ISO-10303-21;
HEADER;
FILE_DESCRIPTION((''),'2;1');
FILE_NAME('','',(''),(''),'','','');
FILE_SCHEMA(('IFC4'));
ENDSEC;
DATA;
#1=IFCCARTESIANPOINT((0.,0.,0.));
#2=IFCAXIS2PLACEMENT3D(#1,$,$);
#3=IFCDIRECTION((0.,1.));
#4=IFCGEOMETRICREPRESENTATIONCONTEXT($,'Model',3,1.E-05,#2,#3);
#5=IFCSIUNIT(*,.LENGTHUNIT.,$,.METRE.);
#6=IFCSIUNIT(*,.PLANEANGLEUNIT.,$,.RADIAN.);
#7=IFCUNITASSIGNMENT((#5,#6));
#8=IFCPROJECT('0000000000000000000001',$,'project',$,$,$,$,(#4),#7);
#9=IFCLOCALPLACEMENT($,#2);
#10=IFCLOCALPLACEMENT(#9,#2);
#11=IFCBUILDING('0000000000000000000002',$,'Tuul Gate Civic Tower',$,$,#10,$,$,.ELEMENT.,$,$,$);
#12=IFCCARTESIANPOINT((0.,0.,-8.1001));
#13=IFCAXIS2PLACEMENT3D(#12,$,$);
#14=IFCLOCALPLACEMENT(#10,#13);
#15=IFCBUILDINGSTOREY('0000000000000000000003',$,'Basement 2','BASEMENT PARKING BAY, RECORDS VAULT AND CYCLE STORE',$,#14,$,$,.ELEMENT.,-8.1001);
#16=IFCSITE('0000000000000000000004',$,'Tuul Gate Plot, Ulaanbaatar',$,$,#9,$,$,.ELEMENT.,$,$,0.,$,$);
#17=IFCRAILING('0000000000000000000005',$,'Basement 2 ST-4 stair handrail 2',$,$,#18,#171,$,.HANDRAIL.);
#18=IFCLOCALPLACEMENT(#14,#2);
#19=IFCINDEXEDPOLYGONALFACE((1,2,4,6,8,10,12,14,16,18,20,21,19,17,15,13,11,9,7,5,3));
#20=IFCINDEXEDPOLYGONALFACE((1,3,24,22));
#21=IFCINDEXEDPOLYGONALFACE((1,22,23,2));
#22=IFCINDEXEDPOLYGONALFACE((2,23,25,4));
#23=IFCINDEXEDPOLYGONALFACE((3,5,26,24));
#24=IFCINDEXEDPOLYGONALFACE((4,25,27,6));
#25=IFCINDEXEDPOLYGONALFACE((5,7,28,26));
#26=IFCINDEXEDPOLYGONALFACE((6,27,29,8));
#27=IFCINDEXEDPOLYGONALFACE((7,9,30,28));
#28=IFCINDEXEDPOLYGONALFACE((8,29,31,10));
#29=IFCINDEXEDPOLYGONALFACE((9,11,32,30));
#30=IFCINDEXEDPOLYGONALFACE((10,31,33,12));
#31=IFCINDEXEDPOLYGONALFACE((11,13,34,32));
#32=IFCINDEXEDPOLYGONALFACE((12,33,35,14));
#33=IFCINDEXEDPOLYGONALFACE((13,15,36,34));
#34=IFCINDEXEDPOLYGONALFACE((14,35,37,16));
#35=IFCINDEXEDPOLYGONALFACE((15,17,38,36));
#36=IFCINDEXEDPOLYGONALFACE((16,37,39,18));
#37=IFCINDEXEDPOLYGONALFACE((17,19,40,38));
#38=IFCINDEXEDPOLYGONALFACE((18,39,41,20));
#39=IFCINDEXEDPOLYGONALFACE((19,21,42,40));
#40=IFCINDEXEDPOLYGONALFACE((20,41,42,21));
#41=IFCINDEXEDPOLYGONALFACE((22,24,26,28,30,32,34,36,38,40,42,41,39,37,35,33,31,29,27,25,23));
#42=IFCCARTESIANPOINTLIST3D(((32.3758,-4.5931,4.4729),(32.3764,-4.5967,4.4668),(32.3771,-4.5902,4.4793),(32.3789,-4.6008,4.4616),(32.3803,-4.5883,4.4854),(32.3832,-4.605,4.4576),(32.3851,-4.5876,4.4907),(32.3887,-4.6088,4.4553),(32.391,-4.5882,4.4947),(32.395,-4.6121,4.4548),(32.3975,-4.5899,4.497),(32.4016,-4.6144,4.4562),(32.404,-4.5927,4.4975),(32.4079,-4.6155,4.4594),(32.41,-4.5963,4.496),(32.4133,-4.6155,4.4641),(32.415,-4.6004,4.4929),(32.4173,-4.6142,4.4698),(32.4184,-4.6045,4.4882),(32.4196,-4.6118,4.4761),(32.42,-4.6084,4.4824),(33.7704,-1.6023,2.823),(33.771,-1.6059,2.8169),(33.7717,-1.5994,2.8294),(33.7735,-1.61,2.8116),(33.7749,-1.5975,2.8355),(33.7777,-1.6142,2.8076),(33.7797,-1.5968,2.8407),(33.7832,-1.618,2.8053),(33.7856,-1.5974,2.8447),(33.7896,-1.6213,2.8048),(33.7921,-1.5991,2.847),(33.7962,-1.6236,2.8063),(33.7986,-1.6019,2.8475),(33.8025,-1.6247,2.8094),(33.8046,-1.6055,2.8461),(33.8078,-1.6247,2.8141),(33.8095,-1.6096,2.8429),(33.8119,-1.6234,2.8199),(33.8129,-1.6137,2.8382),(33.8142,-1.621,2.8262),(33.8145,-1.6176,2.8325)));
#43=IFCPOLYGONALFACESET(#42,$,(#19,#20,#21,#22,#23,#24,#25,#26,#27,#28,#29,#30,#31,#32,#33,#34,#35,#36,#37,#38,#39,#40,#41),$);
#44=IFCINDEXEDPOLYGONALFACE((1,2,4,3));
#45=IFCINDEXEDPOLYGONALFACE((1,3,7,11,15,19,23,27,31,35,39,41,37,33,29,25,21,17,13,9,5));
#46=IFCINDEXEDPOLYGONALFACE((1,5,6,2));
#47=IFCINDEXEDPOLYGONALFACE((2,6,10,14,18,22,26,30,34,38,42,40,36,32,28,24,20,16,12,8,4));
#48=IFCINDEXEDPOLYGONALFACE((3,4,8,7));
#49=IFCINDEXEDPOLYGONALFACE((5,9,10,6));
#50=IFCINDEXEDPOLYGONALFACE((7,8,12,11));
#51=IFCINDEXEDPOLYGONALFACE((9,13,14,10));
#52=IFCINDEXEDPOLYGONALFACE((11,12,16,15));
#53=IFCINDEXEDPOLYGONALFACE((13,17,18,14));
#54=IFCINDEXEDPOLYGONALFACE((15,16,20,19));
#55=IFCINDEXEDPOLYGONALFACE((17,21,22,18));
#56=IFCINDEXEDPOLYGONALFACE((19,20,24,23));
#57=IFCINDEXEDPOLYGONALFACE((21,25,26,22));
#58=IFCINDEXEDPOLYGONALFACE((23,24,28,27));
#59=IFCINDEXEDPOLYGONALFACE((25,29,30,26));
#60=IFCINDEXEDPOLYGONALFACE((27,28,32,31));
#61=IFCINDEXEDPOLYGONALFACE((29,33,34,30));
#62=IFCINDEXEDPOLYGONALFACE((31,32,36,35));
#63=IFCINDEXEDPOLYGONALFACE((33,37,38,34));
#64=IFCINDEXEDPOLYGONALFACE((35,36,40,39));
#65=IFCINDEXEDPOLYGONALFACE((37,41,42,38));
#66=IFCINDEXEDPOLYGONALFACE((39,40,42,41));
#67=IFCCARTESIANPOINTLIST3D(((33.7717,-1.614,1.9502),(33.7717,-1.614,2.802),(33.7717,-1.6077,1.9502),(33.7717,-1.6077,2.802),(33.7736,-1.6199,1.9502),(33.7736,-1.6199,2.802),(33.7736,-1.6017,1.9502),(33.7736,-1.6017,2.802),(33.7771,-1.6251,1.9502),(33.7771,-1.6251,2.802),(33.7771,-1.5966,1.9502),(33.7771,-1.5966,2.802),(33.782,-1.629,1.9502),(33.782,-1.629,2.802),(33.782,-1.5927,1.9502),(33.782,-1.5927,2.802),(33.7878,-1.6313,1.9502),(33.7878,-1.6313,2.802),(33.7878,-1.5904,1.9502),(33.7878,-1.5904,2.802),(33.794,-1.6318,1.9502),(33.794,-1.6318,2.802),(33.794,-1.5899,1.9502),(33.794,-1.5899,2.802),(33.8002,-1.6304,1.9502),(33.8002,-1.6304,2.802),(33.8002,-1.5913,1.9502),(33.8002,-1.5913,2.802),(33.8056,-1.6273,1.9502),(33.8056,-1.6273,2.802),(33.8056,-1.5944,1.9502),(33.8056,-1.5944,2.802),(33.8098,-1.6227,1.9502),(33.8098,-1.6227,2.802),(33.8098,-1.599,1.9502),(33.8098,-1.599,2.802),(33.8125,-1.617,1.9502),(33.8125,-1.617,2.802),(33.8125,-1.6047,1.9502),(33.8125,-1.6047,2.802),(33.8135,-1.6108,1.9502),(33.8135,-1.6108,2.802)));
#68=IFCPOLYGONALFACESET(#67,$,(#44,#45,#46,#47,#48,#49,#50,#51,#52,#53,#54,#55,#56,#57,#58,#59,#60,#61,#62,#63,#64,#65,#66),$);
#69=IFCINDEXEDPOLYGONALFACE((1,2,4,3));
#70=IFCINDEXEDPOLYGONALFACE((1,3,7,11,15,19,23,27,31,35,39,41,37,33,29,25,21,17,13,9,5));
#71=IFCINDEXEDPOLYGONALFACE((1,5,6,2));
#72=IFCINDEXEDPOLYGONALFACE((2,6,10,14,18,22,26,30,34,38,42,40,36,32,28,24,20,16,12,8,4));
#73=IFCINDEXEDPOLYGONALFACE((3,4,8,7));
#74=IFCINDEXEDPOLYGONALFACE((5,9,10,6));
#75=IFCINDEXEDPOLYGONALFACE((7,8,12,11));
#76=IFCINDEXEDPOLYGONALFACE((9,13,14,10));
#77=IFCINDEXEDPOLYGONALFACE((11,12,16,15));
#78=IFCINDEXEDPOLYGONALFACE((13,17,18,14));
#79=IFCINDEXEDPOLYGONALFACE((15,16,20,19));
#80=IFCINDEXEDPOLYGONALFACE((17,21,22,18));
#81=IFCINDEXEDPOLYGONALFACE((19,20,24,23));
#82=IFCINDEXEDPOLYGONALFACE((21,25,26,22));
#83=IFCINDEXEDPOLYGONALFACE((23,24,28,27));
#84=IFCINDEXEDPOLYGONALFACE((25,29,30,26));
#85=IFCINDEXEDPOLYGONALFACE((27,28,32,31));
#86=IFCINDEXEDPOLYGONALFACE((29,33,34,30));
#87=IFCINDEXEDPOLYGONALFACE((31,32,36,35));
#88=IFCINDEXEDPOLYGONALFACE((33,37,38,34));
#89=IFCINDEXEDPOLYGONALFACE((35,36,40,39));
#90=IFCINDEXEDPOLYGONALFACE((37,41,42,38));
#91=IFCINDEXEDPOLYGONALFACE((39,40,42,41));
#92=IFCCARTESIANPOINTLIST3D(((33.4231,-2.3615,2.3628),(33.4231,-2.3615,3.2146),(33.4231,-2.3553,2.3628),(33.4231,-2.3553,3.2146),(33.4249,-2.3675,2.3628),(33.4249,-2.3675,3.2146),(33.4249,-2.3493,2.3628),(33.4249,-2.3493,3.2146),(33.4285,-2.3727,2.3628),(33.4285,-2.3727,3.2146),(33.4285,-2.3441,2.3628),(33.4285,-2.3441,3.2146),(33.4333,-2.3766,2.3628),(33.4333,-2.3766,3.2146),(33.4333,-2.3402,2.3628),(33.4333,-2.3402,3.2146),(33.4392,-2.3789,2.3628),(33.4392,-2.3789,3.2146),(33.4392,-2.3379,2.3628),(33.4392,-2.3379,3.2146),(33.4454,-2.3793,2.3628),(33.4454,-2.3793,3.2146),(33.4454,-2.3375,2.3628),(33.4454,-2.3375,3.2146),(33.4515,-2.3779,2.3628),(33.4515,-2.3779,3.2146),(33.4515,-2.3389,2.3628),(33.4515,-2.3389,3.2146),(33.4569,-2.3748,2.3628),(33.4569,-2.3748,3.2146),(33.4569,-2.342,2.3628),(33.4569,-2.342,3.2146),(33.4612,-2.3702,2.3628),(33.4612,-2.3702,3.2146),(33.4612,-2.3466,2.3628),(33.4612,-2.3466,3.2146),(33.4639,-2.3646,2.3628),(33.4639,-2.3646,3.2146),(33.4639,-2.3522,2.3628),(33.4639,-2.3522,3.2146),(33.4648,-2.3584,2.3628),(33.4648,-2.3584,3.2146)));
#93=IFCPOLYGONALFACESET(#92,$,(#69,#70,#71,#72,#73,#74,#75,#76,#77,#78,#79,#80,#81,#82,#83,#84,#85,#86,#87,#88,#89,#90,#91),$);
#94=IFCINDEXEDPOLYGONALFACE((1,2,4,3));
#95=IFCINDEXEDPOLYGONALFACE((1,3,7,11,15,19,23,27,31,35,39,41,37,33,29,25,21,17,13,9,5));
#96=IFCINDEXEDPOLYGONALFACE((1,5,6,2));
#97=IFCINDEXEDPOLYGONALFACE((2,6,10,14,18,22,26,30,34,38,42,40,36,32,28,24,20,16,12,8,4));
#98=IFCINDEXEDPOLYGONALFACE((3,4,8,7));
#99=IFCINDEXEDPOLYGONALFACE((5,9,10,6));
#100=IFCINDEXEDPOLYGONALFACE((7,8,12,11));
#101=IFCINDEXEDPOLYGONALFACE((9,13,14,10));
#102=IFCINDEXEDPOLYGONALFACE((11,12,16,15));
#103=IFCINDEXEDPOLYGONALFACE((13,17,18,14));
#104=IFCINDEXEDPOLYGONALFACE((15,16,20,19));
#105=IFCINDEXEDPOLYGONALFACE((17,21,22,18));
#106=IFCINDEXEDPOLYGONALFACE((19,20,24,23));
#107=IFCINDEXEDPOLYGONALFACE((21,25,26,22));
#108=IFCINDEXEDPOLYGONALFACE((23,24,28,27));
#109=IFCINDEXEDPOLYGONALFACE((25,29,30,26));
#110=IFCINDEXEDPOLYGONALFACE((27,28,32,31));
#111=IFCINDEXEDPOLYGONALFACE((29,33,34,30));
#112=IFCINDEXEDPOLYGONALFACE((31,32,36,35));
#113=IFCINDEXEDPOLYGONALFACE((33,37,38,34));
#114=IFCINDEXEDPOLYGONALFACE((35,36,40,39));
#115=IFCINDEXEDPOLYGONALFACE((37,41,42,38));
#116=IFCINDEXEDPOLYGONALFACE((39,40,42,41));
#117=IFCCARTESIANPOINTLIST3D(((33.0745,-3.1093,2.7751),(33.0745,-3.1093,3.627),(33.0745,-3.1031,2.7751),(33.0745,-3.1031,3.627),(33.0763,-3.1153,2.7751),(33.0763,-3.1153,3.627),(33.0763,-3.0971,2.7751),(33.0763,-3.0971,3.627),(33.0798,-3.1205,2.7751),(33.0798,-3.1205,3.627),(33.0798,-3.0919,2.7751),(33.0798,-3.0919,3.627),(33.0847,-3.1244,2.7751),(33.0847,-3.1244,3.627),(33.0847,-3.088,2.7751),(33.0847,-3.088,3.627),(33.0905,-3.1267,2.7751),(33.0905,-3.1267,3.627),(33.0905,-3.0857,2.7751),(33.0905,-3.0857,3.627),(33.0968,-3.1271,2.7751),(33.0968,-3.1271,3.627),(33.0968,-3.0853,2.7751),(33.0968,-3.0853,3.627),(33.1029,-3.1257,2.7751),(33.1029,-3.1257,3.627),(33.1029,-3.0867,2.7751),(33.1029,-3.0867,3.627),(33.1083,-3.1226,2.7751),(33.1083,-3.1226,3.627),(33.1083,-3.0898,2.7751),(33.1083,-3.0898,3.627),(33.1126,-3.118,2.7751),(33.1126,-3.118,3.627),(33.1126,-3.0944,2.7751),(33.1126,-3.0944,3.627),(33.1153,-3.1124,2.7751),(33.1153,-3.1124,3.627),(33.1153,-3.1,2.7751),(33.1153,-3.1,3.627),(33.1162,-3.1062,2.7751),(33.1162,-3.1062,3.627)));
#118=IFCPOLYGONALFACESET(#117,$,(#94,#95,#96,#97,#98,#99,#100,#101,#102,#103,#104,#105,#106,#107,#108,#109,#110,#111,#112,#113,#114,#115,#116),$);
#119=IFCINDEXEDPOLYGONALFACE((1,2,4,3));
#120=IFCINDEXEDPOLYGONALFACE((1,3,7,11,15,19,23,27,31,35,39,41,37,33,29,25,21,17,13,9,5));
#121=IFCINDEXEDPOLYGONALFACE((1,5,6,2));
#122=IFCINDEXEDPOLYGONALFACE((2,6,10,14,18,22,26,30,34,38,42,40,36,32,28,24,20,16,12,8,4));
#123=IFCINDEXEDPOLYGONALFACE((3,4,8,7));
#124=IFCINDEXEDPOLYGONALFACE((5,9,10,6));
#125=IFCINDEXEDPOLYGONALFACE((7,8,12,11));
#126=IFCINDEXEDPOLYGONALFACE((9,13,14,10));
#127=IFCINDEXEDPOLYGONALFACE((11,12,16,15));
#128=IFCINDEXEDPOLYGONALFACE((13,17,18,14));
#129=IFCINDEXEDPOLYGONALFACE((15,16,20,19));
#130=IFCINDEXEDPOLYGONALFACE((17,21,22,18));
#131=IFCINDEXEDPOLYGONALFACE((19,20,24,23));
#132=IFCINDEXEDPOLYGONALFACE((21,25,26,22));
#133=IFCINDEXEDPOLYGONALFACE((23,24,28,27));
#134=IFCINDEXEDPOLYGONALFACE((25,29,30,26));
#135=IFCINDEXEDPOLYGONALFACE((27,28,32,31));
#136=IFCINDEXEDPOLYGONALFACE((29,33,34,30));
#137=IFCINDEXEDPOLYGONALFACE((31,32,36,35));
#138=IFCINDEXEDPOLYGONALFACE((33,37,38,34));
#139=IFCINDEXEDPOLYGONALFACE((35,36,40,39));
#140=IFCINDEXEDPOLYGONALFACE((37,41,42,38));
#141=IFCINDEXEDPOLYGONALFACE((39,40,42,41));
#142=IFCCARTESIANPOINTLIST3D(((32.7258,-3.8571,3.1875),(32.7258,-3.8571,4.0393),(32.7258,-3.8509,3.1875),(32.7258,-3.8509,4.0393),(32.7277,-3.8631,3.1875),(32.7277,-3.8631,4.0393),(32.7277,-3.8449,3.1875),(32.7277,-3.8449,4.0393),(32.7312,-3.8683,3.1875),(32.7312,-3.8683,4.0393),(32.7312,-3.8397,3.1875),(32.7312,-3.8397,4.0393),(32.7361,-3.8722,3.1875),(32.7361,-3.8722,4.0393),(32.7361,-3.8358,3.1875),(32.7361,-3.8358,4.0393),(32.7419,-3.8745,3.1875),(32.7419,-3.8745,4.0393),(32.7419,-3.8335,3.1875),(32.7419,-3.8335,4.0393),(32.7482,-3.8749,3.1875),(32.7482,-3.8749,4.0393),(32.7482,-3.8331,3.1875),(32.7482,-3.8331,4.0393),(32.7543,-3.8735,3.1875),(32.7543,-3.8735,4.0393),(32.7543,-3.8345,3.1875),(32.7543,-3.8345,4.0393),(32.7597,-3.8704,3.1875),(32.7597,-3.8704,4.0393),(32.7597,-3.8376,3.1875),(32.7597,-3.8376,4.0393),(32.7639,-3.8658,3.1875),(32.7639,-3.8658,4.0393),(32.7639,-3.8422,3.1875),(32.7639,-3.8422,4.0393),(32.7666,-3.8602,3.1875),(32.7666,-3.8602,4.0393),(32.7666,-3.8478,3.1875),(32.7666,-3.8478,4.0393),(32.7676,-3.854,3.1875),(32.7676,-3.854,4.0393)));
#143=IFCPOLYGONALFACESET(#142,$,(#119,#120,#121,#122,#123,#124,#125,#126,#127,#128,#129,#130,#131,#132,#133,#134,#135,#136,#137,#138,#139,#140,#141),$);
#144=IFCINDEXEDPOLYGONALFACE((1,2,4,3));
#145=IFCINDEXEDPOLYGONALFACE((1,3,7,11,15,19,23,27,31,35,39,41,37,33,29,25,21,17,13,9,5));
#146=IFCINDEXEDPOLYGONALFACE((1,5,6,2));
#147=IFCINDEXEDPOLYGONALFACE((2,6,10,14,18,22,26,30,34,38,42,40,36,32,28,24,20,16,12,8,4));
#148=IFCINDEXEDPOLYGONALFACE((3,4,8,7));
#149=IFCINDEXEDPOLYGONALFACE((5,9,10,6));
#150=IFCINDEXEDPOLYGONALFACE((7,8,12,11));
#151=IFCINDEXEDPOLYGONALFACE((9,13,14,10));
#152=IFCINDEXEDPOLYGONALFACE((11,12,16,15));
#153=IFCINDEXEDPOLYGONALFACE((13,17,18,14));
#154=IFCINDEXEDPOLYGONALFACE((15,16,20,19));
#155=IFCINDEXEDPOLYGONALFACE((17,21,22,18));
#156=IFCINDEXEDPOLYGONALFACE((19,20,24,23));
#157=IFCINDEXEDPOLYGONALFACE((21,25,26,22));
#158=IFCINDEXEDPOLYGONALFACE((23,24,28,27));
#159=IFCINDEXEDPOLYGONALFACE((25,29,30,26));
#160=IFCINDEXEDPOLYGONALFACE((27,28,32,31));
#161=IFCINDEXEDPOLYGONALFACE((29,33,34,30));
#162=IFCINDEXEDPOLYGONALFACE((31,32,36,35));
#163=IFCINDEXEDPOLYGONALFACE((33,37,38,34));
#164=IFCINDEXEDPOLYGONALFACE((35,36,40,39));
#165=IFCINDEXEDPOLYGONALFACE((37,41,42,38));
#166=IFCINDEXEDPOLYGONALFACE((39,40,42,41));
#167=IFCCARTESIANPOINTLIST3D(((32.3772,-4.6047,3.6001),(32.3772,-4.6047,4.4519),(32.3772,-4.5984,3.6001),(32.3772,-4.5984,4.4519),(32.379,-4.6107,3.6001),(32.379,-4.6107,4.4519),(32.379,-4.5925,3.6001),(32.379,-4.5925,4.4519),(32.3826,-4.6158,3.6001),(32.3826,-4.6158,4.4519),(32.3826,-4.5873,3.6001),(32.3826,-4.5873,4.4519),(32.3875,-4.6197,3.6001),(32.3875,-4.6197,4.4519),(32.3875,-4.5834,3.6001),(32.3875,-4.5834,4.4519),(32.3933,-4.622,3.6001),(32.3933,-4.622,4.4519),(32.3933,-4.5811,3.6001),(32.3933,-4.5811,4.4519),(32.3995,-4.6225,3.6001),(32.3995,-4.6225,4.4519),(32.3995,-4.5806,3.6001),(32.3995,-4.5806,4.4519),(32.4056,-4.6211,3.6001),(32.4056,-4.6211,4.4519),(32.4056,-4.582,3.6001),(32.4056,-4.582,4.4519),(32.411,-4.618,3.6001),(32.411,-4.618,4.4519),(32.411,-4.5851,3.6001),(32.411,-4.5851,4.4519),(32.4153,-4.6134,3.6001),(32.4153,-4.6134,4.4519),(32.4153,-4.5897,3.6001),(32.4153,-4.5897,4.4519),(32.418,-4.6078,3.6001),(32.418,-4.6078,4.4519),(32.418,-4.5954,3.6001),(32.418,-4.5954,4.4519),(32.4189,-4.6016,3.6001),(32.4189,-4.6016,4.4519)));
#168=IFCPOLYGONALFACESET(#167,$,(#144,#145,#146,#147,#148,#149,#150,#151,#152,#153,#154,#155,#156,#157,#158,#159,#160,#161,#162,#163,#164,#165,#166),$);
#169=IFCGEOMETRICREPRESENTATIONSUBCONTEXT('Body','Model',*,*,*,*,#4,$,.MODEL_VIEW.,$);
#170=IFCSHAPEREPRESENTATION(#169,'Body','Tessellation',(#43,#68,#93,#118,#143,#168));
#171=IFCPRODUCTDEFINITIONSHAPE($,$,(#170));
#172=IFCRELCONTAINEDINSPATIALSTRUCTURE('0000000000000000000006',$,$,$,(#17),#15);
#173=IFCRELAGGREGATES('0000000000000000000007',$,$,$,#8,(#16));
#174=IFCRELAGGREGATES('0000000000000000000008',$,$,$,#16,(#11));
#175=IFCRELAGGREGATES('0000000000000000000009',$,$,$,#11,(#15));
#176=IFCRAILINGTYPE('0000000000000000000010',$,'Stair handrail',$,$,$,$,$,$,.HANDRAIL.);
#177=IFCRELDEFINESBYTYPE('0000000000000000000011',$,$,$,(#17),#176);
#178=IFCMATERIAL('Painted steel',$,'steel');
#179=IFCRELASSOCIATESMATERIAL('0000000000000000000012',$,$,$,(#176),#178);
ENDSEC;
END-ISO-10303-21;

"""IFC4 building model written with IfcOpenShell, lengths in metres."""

from ifc_helpers import new_model, si_unit, direction, frame, origin, origin_2d, place, context, subcontext, project, spatial, circle, extrude, material, type_object, element, save


model = new_model("IFC4")

# Units and contexts
model_context = context("Model", 3, precision=1e-05, world=origin(), true_north=direction((0.0, 1.0)))
body_context = subcontext(model_context, "Body", "Model", "MODEL_VIEW")
ifc_project = project(units=[si_unit("LENGTHUNIT", "METRE"), si_unit("PLANEANGLEUNIT", "RADIAN")], contexts=[model_context])

# Site, building, storey
site_placement = place(None, origin())
site = spatial("IfcSite", under=ifc_project, at=site_placement, Name="Tuul Gate Plot, Ulaanbaatar", CompositionType="ELEMENT", RefElevation=0.0)
building_placement = place(site_placement, origin())
building = spatial("IfcBuilding", under=site, at=building_placement, Name="Tuul Gate Civic Tower", CompositionType="ELEMENT")
storey_placement = place(building_placement, frame((0.0, 0.0, -8.1001)))
storey = spatial("IfcBuildingStorey", under=building, at=storey_placement, Name="Basement 2", Description="BASEMENT PARKING BAY, RECORDS VAULT AND CYCLE STORE", CompositionType="ELEMENT", Elevation=-8.1001)

# Railing
ifc_material_1 = material(Name="Painted steel", Category="steel")
railing_type_1 = type_object("IfcRailingType", Name="Stair handrail", PredefinedType="HANDRAIL", material=ifc_material_1)
railing_1_placement = place(storey_placement, frame((33.7925, -1.6108, 1.9502)))
element("IfcRailing", 1, at=railing_1_placement, inside=storey, type_object=railing_type_1, Name="Basement 2 ST-4 stair handrail 2", PredefinedType="HANDRAIL", context=body_context, shape_type="SweptSolid", body=[
    extrude(circle(Radius=0.0239, at=origin_2d()), frame((0.0, 0.0, 0.876), z_axis=(-0.377988, -0.810636, 0.447207), x_axis=(0.906315, -0.422602, 0.0)), (0.0, 0.0, 1.0), 3.6895),
    extrude(circle(Radius=0.021, at=origin_2d()), origin(), (0.0, 0.0, 1.0), 0.8518),
    extrude(circle(Radius=0.021, at=origin_2d()), frame((-0.3486, -0.7476, 0.4126)), (0.0, 0.0, 1.0), 0.8518),
    extrude(circle(Radius=0.021, at=origin_2d()), frame((-0.6973, -1.4954, 0.825)), (0.0, 0.0, 1.0), 0.8518),
    extrude(circle(Radius=0.021, at=origin_2d()), frame((-1.0459, -2.2432, 1.2373)), (0.0, 0.0, 1.0), 0.8518),
    extrude(circle(Radius=0.021, at=origin_2d()), frame((-1.3945, -2.9907, 1.6499)), (0.0, 0.0, 1.0), 0.8518),
])

save(model, "model.ifc")
